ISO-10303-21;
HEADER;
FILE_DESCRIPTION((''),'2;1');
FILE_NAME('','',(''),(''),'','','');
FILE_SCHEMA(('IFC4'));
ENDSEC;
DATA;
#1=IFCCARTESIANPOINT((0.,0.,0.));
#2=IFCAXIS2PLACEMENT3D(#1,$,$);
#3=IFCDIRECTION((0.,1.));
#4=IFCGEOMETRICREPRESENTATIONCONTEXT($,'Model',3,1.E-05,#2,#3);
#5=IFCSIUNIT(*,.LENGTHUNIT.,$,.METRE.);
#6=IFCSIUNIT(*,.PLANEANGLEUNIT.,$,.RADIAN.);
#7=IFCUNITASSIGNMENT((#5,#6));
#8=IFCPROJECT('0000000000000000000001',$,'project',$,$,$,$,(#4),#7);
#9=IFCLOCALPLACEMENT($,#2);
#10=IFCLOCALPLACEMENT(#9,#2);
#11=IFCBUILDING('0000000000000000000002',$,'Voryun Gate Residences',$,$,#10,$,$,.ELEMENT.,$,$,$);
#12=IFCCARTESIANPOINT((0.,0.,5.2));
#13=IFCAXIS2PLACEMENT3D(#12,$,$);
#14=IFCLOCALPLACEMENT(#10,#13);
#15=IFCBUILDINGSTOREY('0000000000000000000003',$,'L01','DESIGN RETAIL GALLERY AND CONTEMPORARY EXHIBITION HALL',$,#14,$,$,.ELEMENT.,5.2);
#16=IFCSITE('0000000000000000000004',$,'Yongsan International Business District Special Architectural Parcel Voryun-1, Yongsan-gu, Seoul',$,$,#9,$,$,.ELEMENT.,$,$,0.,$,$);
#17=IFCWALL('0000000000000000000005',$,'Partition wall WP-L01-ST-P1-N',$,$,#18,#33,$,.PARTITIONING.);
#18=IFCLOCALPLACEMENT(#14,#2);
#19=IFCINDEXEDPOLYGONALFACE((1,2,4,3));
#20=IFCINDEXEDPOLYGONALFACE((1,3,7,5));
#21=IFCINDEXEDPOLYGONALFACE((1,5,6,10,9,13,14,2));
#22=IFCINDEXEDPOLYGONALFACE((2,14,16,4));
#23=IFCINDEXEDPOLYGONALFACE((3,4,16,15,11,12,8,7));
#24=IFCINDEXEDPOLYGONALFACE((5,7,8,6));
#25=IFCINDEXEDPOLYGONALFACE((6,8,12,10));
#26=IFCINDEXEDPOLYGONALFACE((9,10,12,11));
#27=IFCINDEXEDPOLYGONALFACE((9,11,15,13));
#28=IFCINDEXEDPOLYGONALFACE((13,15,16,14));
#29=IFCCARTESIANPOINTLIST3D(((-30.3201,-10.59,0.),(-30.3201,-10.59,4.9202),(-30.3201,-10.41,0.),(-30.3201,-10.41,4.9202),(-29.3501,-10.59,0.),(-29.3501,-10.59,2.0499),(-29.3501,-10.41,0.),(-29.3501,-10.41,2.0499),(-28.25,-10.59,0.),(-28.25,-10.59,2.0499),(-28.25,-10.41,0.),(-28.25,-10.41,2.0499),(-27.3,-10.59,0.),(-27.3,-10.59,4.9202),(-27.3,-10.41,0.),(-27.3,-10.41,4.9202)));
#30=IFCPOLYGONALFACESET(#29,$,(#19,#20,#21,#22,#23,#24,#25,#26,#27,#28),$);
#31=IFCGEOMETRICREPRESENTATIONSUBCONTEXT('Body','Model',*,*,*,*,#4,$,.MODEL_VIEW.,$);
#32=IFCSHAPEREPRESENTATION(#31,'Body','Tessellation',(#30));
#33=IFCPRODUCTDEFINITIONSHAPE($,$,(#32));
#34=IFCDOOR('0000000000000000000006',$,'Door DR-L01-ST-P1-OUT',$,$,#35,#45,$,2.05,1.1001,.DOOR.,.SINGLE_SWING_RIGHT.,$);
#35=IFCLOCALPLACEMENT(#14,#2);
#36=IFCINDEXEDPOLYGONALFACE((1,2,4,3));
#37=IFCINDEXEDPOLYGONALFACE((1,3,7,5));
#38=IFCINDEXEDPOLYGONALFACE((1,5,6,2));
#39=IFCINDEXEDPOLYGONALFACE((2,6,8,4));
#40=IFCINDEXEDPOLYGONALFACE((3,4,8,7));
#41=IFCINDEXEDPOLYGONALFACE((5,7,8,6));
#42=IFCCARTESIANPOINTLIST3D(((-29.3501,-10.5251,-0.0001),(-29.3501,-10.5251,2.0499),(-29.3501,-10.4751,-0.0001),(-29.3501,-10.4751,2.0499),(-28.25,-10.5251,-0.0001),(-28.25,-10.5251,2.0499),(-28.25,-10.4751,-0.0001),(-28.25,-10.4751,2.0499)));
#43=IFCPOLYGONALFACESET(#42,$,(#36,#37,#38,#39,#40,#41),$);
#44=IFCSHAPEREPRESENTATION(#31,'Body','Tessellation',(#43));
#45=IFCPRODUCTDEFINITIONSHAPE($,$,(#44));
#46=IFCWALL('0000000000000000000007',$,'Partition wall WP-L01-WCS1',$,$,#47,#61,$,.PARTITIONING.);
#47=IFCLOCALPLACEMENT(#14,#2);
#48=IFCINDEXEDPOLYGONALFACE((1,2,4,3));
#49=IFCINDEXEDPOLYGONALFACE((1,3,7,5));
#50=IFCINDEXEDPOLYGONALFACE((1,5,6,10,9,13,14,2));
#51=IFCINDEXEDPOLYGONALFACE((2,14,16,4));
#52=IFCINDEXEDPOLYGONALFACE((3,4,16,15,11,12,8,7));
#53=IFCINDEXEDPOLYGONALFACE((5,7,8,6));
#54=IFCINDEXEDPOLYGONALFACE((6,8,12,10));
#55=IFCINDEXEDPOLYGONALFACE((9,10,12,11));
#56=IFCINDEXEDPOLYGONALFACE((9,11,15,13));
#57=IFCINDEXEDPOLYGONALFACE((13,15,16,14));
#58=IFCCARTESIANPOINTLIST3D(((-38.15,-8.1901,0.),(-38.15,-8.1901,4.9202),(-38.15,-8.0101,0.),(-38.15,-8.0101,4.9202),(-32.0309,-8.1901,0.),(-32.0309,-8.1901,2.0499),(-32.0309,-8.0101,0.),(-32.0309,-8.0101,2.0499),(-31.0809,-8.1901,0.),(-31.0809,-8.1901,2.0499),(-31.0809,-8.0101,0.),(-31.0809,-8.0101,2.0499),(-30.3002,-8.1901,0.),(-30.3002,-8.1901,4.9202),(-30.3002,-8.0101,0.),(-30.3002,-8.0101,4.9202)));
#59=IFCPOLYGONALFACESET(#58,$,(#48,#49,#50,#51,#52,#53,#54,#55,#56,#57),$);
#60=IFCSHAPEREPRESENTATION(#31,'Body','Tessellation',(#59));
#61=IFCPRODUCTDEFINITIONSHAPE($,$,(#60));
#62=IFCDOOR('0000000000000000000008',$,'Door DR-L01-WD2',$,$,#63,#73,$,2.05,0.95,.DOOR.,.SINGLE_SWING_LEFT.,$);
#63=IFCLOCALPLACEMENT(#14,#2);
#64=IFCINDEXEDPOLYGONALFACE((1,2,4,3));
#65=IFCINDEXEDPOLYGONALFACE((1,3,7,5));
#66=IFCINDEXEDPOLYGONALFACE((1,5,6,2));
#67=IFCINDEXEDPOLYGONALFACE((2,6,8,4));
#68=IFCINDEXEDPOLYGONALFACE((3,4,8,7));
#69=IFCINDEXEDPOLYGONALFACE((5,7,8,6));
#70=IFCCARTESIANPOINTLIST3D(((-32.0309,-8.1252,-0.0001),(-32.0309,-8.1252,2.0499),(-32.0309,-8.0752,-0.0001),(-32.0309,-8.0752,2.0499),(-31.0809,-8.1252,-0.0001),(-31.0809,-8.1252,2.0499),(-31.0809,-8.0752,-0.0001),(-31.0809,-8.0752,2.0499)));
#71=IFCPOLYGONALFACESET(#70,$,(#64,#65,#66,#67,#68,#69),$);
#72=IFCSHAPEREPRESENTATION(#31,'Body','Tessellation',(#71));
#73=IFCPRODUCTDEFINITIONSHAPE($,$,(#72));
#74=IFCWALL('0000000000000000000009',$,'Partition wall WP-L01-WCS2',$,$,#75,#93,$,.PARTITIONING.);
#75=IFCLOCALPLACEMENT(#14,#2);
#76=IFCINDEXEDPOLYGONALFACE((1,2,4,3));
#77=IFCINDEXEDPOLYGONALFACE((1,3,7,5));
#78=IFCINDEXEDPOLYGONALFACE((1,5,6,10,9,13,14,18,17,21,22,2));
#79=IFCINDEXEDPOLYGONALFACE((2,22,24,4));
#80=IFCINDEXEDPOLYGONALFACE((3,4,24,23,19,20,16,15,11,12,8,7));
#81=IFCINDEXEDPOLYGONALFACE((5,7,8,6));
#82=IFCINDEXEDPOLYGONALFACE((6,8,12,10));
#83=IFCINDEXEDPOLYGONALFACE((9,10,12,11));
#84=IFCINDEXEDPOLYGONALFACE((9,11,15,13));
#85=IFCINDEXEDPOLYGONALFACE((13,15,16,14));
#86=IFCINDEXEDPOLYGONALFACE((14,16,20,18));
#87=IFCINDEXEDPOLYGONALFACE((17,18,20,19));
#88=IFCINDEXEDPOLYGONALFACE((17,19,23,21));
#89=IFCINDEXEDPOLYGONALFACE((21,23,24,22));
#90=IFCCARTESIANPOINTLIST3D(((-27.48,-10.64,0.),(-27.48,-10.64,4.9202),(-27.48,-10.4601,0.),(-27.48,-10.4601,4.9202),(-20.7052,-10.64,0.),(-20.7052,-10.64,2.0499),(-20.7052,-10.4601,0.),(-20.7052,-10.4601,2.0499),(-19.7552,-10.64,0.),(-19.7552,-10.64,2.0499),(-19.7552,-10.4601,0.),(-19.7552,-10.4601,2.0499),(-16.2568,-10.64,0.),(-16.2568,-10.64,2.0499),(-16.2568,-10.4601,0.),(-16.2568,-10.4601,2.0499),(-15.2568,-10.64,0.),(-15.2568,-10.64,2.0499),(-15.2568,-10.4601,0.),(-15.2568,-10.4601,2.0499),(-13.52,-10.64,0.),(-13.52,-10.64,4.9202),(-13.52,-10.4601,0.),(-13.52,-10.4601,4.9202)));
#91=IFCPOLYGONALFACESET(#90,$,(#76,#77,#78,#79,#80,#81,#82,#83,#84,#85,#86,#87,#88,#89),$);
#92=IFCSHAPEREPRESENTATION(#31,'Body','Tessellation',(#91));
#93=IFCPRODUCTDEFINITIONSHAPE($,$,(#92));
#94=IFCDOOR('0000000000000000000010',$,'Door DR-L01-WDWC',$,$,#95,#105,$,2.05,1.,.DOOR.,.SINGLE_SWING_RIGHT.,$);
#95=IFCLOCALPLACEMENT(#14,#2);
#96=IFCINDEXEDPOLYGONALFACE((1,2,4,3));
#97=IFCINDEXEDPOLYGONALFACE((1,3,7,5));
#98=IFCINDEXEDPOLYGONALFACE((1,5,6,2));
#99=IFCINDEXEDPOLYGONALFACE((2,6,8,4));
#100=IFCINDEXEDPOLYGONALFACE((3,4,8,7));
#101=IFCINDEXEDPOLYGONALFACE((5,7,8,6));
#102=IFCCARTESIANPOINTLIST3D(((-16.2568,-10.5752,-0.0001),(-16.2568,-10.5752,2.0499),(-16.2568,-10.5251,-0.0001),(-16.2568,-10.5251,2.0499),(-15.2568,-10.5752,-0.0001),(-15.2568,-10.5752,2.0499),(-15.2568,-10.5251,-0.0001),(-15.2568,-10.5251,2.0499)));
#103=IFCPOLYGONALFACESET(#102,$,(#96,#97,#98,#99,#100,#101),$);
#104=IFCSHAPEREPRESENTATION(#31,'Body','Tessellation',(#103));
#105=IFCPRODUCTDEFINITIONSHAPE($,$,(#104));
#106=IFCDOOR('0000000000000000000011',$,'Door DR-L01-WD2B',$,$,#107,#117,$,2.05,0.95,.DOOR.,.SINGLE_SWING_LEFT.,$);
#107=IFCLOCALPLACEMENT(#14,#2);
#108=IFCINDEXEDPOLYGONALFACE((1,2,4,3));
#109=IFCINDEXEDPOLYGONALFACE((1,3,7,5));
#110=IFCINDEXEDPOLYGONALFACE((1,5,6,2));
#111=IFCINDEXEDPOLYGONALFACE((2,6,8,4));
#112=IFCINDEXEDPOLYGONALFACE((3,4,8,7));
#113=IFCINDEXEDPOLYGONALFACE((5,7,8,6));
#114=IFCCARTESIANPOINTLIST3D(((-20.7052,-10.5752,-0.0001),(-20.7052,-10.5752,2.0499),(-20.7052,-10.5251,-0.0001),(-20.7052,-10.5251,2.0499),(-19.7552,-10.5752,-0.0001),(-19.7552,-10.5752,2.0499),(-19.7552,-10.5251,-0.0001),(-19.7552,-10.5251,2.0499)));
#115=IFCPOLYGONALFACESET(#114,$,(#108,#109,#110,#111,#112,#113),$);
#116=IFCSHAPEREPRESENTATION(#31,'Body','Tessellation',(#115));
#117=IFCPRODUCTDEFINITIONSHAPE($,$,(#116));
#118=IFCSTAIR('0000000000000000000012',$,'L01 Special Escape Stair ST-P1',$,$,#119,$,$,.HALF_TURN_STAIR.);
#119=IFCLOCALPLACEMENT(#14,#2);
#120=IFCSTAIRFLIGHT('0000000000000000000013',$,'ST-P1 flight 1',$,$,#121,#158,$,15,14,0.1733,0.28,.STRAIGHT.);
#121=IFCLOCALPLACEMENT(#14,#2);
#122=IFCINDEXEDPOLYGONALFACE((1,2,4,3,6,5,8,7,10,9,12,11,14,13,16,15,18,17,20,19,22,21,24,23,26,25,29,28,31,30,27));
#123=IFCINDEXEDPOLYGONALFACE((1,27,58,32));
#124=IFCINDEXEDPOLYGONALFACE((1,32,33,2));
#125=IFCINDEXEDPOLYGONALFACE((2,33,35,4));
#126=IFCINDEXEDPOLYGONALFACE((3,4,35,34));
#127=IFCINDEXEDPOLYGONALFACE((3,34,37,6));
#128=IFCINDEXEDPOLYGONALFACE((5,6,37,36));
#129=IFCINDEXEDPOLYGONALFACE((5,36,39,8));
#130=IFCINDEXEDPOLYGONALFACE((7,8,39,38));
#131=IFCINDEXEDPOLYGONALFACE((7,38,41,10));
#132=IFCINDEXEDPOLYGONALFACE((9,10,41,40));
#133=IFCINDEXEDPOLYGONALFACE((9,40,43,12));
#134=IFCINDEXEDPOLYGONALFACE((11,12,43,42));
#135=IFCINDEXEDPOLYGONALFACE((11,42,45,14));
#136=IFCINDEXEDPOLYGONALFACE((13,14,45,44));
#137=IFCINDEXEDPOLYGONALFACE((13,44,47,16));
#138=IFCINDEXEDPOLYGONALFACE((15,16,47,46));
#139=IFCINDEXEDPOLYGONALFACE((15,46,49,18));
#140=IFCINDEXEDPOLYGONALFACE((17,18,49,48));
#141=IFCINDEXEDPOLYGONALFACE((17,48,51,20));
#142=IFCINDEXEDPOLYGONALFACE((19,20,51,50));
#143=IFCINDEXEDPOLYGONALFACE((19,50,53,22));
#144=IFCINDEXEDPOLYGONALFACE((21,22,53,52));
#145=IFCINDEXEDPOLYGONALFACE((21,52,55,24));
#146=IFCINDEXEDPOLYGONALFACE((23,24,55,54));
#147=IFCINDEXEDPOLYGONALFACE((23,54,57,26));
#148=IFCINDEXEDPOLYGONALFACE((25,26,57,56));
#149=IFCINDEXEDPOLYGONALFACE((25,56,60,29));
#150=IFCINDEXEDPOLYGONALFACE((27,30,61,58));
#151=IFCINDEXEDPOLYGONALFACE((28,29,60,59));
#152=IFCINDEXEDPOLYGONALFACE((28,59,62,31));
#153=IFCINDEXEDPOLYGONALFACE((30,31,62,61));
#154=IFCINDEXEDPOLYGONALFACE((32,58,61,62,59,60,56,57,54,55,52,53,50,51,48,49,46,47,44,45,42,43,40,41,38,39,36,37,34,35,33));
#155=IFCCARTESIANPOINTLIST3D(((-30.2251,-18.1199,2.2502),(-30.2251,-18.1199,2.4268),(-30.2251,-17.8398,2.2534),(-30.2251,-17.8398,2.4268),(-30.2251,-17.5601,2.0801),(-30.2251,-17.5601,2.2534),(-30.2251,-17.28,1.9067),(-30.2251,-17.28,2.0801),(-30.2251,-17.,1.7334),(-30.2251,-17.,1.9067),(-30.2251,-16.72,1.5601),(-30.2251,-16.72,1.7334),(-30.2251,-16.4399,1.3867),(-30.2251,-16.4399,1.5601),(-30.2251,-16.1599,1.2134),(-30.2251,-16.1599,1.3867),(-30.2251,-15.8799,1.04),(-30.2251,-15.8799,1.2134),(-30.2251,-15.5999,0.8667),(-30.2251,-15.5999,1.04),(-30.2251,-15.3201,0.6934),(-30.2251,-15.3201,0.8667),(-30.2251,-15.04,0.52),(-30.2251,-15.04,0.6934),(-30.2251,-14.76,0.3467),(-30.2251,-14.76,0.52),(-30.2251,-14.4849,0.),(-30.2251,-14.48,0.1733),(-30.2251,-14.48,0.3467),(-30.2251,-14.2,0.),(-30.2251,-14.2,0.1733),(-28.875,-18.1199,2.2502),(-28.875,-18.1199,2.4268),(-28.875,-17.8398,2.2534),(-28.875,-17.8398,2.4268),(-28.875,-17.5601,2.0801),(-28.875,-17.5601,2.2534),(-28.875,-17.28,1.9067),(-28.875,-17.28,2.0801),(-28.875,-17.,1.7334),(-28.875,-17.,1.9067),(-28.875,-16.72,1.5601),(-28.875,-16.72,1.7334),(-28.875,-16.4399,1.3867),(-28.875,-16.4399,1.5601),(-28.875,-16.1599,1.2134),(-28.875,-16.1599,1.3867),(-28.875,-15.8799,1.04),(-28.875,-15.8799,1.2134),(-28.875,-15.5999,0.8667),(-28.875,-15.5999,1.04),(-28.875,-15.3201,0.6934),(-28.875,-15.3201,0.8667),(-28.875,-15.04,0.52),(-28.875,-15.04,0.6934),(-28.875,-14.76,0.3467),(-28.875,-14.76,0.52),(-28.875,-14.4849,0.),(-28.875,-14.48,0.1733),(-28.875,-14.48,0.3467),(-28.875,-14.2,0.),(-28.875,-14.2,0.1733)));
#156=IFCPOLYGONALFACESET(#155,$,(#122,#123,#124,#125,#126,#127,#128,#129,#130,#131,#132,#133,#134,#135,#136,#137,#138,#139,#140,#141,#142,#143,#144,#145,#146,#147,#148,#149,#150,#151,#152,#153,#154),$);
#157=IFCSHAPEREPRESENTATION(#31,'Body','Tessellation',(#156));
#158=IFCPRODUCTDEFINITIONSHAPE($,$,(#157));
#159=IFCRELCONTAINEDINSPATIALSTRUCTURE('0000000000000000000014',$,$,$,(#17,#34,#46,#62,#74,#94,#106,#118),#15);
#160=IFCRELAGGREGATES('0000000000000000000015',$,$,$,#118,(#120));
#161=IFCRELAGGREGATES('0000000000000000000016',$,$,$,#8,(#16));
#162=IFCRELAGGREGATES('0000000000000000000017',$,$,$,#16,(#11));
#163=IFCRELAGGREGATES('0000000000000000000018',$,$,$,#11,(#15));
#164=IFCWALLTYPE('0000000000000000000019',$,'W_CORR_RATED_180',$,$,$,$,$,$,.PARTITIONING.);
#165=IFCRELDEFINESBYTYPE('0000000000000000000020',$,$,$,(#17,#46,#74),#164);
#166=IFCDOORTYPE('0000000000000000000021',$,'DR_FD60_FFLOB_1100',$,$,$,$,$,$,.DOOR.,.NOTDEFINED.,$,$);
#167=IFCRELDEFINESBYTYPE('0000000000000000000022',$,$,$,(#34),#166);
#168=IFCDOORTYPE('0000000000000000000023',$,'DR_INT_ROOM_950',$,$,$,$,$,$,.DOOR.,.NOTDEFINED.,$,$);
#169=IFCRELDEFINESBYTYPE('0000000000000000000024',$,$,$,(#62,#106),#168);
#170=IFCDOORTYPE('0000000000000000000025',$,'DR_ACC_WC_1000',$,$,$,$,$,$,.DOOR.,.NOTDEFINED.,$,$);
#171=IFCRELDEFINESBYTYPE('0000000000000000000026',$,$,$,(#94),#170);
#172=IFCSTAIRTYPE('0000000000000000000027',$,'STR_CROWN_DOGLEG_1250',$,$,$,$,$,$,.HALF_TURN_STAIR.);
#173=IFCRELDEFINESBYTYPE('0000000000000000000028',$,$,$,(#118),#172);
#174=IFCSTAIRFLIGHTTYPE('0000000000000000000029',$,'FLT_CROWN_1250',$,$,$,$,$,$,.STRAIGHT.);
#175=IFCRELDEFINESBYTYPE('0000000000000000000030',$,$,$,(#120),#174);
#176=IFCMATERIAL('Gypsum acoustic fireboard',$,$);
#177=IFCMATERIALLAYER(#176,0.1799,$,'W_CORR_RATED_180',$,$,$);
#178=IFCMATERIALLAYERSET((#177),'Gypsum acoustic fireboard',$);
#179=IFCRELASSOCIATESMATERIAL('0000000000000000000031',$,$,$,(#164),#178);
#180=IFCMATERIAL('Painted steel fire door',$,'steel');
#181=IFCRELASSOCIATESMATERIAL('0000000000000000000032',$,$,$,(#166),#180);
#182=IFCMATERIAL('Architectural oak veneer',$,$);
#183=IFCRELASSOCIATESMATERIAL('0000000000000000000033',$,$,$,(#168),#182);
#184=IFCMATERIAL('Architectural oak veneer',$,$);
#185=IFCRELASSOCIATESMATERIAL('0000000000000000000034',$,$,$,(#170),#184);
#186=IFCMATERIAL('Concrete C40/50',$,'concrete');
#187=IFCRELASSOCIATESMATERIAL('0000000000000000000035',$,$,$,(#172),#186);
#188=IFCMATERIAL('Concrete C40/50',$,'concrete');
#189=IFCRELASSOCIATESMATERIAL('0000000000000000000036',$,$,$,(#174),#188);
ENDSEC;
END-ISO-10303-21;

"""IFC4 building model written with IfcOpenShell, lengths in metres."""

from ifc_helpers import new_model, si_unit, direction, frame, frame_2d, origin, place, context, subcontext, project, spatial, polyline, rectangle, outline, extrude, material, layer, layer_set, type_object, element, fill, aggregate, save


model = new_model("IFC4")

# Units and contexts
model_context = context("Model", 3, precision=1e-05, world=origin(), true_north=direction((0.0, 1.0)))
body_context = subcontext(model_context, "Body", "Model", "MODEL_VIEW")
ifc_project = project(units=[si_unit("LENGTHUNIT", "METRE"), si_unit("PLANEANGLEUNIT", "RADIAN")], contexts=[model_context])

# Site, building, storey
site_placement = place(None, origin())
site = spatial("IfcSite", under=ifc_project, at=site_placement, Name="Yongsan International Business District Special Architectural Parcel Voryun-1, Yongsan-gu, Seoul", CompositionType="ELEMENT", RefElevation=0.0)
building_placement = place(site_placement, origin())
building = spatial("IfcBuilding", under=site, at=building_placement, Name="Voryun Gate Residences", CompositionType="ELEMENT")
storey_placement = place(building_placement, frame((0.0, 0.0, 5.2)))
storey = spatial("IfcBuildingStorey", under=building, at=storey_placement, Name="L01", Description="DESIGN RETAIL GALLERY AND CONTEMPORARY EXHIBITION HALL", CompositionType="ELEMENT", Elevation=5.2)

# Shared definitions
ifc_material_1 = material(Name="Gypsum acoustic fireboard")
ifc_layer = layer(ifc_material_1, 0.1799, Name="W_CORR_RATED_180")
ifc_layer_set = layer_set([ifc_layer], Name="Gypsum acoustic fireboard")
wall_type = type_object("IfcWallType", Name="W_CORR_RATED_180", PredefinedType="PARTITIONING", material=ifc_layer_set)

# Walls, openings, doors
wall_1_placement = place(storey_placement, frame((-30.3201, -10.5, 0.0), z_axis=(0.0, 0.0, 1.0), x_axis=(1.0, 0.0, 0.0)))
wall_1 = element("IfcWall", 1, at=wall_1_placement, inside=storey, type_object=wall_type, Name="Partition wall WP-L01-ST-P1-N", PredefinedType="PARTITIONING", context=body_context, shape_type="SweptSolid", body=[
    extrude(rectangle(XDim=3.02, YDim=0.1799, at=frame_2d((1.51, 0.0))), origin(), (0.0, 0.0, 1.0), 4.9202),
])
opening_1_placement = place(wall_1_placement, frame((0.97, 0.0, 0.0)))
opening_1 = element("IfcOpeningElement", 2, at=opening_1_placement, cuts=wall_1, PredefinedType="OPENING", context=body_context, shape_type="SweptSolid", body=[
    extrude(rectangle(XDim=1.1001, YDim=2.05, at=frame_2d((0.55, 1.0249))), frame((0.0, 0.0999, 0.0), z_axis=(0.0, -1.0, 0.0), x_axis=(1.0, 0.0, 0.0)), (0.0, 0.0, 1.0), 0.2),
])
ifc_material_2 = material(Name="Painted steel fire door", Category="steel")
door_type_1 = type_object("IfcDoorType", Name="DR_FD60_FFLOB_1100", OperationType="NOTDEFINED", PredefinedType="DOOR", material=ifc_material_2)
door_1_placement = place(opening_1_placement, origin())
door_1 = element("IfcDoor", 3, at=door_1_placement, inside=storey, type_object=door_type_1, Name="Door DR-L01-ST-P1-OUT", OperationType="SINGLE_SWING_RIGHT", OverallHeight=2.05, OverallWidth=1.1001, PredefinedType="DOOR", context=body_context, shape_type="SweptSolid", body=[
    extrude(rectangle(XDim=1.1001, YDim=2.05, at=frame_2d((0.55, 1.0249))), frame((0.0, 0.0249, 0.0), z_axis=(0.0, -1.0, 0.0), x_axis=(1.0, 0.0, 0.0)), (0.0, 0.0, 1.0), 0.05),
])
fill(opening_1, door_1)
wall_2_placement = place(storey_placement, frame((-38.1499, -8.1001, 0.0), z_axis=(0.0, 0.0, 1.0), x_axis=(1.0, 0.0, 0.0)))
wall_2 = element("IfcWall", 4, at=wall_2_placement, inside=storey, type_object=wall_type, Name="Partition wall WP-L01-WCS1", PredefinedType="PARTITIONING", context=body_context, shape_type="SweptSolid", body=[
    extrude(rectangle(XDim=7.8499, YDim=0.1799, at=frame_2d((3.9248, 0.0))), origin(), (0.0, 0.0, 1.0), 4.9202),
])
opening_2_placement = place(wall_2_placement, frame((6.1189, 0.0, 0.0)))
opening_2 = element("IfcOpeningElement", 5, at=opening_2_placement, cuts=wall_2, PredefinedType="OPENING", context=body_context, shape_type="SweptSolid", body=[
    extrude(rectangle(XDim=0.95, YDim=2.05, at=frame_2d((0.4751, 1.0249))), frame((0.0, 0.0999, 0.0), z_axis=(0.0, -1.0, 0.0), x_axis=(1.0, 0.0, 0.0)), (0.0, 0.0, 1.0), 0.2),
])
ifc_material_3 = material(Name="Architectural oak veneer")
door_type_2 = type_object("IfcDoorType", Name="DR_INT_ROOM_950", OperationType="NOTDEFINED", PredefinedType="DOOR", material=ifc_material_3)
door_2_placement = place(opening_2_placement, origin())
door_2 = element("IfcDoor", 6, at=door_2_placement, inside=storey, type_object=door_type_2, Name="Door DR-L01-WD2", OperationType="SINGLE_SWING_LEFT", OverallHeight=2.05, OverallWidth=0.95, PredefinedType="DOOR", context=body_context, shape_type="SweptSolid", body=[
    extrude(rectangle(XDim=0.95, YDim=2.05, at=frame_2d((0.4751, 1.0249))), frame((0.0, 0.0249, 0.0), z_axis=(0.0, -1.0, 0.0), x_axis=(1.0, 0.0, 0.0)), (0.0, 0.0, 1.0), 0.05),
])
fill(opening_2, door_2)

# Wall, openings, doors
wall_3_placement = place(storey_placement, frame((-27.48, -10.55, 0.0), z_axis=(0.0, 0.0, 1.0), x_axis=(1.0, 0.0, 0.0)))
wall_3 = element("IfcWall", 7, at=wall_3_placement, inside=storey, type_object=wall_type, Name="Partition wall WP-L01-WCS2", PredefinedType="PARTITIONING", context=body_context, shape_type="SweptSolid", body=[
    extrude(rectangle(XDim=13.96, YDim=0.1799, at=frame_2d((6.98, 0.0))), origin(), (0.0, 0.0, 1.0), 4.9202),
])
opening_3_placement = place(wall_3_placement, frame((6.7747, 0.0, 0.0)))
opening_3 = element("IfcOpeningElement", 8, at=opening_3_placement, cuts=wall_3, PredefinedType="OPENING", context=body_context, shape_type="SweptSolid", body=[
    extrude(rectangle(XDim=0.95, YDim=2.05, at=frame_2d((0.4751, 1.0249))), frame((0.0, 0.0999, 0.0), z_axis=(0.0, -1.0, 0.0), x_axis=(1.0, 0.0, 0.0)), (0.0, 0.0, 1.0), 0.2),
])
opening_4_placement = place(wall_3_placement, frame((11.2231, 0.0, 0.0)))
opening_4 = element("IfcOpeningElement", 9, at=opening_4_placement, cuts=wall_3, PredefinedType="OPENING", context=body_context, shape_type="SweptSolid", body=[
    extrude(rectangle(XDim=1.0, YDim=2.05, at=frame_2d((0.5, 1.0249))), frame((0.0, 0.0999, 0.0), z_axis=(0.0, -1.0, 0.0), x_axis=(1.0, 0.0, 0.0)), (0.0, 0.0, 1.0), 0.2),
])
ifc_material_4 = material(Name="Architectural oak veneer")
door_type_3 = type_object("IfcDoorType", Name="DR_ACC_WC_1000", OperationType="NOTDEFINED", PredefinedType="DOOR", material=ifc_material_4)
door_3_placement = place(opening_4_placement, origin())
door_3 = element("IfcDoor", 10, at=door_3_placement, inside=storey, type_object=door_type_3, Name="Door DR-L01-WDWC", OperationType="SINGLE_SWING_RIGHT", OverallHeight=2.05, OverallWidth=1.0, PredefinedType="DOOR", context=body_context, shape_type="SweptSolid", body=[
    extrude(rectangle(XDim=1.0, YDim=2.05, at=frame_2d((0.5, 1.0249))), frame((0.0, 0.0249, 0.0), z_axis=(0.0, -1.0, 0.0), x_axis=(1.0, 0.0, 0.0)), (0.0, 0.0, 1.0), 0.05),
])
fill(opening_4, door_3)
door_4_placement = place(opening_3_placement, origin())
door_4 = element("IfcDoor", 11, at=door_4_placement, inside=storey, type_object=door_type_2, Name="Door DR-L01-WD2B", OperationType="SINGLE_SWING_LEFT", OverallHeight=2.05, OverallWidth=0.95, PredefinedType="DOOR", context=body_context, shape_type="SweptSolid", body=[
    extrude(rectangle(XDim=0.95, YDim=2.05, at=frame_2d((0.4751, 1.0249))), frame((0.0, 0.0249, 0.0), z_axis=(0.0, -1.0, 0.0), x_axis=(1.0, 0.0, 0.0)), (0.0, 0.0, 1.0), 0.05),
])
fill(opening_3, door_4)

# Stair, stair flight
ifc_material_5 = material(Name="Concrete C40/50", Category="concrete")
stair_type = type_object("IfcStairType", Name="STR_CROWN_DOGLEG_1250", PredefinedType="HALF_TURN_STAIR", material=ifc_material_5)
stair_placement = place(storey_placement, origin())
stair = element("IfcStair", 12, at=stair_placement, inside=storey, type_object=stair_type, Name="L01 Special Escape Stair ST-P1", PredefinedType="HALF_TURN_STAIR")
ifc_material_6 = material(Name="Concrete C40/50", Category="concrete")
stair_flight_type = type_object("IfcStairFlightType", Name="FLT_CROWN_1250", PredefinedType="STRAIGHT", material=ifc_material_6)
stair_flight_placement = place(storey_placement, frame((-29.55, -14.2, 0.0), z_axis=(0.0, 0.0, 1.0), x_axis=(0.0, -1.0, 0.0)))
stair_flight = element("IfcStairFlight", 13, at=stair_flight_placement, type_object=stair_flight_type, Name="ST-P1 flight 1", NumberOfRisers=15, NumberOfTreads=14, PredefinedType="STRAIGHT", RiserHeight=0.1733, TreadLength=0.28, context=body_context, shape_type="SweptSolid", body=[
    extrude(outline(polyline([(0.0, 0.0), (0.0, 0.1733), (0.28, 0.1733), (0.28, 0.3467), (0.5601, 0.3467), (0.5601, 0.52), (0.8401, 0.52), (0.8401, 0.6934), (1.1201, 0.6934), (1.1201, 0.8667), (1.3999, 0.8667), (1.3999, 1.04), (1.6799, 1.04), (1.6799, 1.2134), (1.96, 1.2134), (1.96, 1.3867), (2.24, 1.3867), (2.24, 1.5601), (2.52, 1.5601), (2.52, 1.7334), (2.8, 1.7334), (2.8, 1.9067), (3.0801, 1.9067), (3.0801, 2.0801), (3.3601, 2.0801), (3.3601, 2.2534), (3.6399, 2.2534), (3.6399, 2.4268), (3.9199, 2.4268), (3.9199, 2.6001), (3.9199, 2.2502), (0.2849, 0.0), (0.0, 0.0)])), frame((0.0, 0.675, 0.0), z_axis=(0.0, -1.0, 0.0), x_axis=(1.0, 0.0, 0.0)), (0.0, 0.0, 1.0), 1.3501),
])
aggregate(stair, [stair_flight])

save(model, "model.ifc")
